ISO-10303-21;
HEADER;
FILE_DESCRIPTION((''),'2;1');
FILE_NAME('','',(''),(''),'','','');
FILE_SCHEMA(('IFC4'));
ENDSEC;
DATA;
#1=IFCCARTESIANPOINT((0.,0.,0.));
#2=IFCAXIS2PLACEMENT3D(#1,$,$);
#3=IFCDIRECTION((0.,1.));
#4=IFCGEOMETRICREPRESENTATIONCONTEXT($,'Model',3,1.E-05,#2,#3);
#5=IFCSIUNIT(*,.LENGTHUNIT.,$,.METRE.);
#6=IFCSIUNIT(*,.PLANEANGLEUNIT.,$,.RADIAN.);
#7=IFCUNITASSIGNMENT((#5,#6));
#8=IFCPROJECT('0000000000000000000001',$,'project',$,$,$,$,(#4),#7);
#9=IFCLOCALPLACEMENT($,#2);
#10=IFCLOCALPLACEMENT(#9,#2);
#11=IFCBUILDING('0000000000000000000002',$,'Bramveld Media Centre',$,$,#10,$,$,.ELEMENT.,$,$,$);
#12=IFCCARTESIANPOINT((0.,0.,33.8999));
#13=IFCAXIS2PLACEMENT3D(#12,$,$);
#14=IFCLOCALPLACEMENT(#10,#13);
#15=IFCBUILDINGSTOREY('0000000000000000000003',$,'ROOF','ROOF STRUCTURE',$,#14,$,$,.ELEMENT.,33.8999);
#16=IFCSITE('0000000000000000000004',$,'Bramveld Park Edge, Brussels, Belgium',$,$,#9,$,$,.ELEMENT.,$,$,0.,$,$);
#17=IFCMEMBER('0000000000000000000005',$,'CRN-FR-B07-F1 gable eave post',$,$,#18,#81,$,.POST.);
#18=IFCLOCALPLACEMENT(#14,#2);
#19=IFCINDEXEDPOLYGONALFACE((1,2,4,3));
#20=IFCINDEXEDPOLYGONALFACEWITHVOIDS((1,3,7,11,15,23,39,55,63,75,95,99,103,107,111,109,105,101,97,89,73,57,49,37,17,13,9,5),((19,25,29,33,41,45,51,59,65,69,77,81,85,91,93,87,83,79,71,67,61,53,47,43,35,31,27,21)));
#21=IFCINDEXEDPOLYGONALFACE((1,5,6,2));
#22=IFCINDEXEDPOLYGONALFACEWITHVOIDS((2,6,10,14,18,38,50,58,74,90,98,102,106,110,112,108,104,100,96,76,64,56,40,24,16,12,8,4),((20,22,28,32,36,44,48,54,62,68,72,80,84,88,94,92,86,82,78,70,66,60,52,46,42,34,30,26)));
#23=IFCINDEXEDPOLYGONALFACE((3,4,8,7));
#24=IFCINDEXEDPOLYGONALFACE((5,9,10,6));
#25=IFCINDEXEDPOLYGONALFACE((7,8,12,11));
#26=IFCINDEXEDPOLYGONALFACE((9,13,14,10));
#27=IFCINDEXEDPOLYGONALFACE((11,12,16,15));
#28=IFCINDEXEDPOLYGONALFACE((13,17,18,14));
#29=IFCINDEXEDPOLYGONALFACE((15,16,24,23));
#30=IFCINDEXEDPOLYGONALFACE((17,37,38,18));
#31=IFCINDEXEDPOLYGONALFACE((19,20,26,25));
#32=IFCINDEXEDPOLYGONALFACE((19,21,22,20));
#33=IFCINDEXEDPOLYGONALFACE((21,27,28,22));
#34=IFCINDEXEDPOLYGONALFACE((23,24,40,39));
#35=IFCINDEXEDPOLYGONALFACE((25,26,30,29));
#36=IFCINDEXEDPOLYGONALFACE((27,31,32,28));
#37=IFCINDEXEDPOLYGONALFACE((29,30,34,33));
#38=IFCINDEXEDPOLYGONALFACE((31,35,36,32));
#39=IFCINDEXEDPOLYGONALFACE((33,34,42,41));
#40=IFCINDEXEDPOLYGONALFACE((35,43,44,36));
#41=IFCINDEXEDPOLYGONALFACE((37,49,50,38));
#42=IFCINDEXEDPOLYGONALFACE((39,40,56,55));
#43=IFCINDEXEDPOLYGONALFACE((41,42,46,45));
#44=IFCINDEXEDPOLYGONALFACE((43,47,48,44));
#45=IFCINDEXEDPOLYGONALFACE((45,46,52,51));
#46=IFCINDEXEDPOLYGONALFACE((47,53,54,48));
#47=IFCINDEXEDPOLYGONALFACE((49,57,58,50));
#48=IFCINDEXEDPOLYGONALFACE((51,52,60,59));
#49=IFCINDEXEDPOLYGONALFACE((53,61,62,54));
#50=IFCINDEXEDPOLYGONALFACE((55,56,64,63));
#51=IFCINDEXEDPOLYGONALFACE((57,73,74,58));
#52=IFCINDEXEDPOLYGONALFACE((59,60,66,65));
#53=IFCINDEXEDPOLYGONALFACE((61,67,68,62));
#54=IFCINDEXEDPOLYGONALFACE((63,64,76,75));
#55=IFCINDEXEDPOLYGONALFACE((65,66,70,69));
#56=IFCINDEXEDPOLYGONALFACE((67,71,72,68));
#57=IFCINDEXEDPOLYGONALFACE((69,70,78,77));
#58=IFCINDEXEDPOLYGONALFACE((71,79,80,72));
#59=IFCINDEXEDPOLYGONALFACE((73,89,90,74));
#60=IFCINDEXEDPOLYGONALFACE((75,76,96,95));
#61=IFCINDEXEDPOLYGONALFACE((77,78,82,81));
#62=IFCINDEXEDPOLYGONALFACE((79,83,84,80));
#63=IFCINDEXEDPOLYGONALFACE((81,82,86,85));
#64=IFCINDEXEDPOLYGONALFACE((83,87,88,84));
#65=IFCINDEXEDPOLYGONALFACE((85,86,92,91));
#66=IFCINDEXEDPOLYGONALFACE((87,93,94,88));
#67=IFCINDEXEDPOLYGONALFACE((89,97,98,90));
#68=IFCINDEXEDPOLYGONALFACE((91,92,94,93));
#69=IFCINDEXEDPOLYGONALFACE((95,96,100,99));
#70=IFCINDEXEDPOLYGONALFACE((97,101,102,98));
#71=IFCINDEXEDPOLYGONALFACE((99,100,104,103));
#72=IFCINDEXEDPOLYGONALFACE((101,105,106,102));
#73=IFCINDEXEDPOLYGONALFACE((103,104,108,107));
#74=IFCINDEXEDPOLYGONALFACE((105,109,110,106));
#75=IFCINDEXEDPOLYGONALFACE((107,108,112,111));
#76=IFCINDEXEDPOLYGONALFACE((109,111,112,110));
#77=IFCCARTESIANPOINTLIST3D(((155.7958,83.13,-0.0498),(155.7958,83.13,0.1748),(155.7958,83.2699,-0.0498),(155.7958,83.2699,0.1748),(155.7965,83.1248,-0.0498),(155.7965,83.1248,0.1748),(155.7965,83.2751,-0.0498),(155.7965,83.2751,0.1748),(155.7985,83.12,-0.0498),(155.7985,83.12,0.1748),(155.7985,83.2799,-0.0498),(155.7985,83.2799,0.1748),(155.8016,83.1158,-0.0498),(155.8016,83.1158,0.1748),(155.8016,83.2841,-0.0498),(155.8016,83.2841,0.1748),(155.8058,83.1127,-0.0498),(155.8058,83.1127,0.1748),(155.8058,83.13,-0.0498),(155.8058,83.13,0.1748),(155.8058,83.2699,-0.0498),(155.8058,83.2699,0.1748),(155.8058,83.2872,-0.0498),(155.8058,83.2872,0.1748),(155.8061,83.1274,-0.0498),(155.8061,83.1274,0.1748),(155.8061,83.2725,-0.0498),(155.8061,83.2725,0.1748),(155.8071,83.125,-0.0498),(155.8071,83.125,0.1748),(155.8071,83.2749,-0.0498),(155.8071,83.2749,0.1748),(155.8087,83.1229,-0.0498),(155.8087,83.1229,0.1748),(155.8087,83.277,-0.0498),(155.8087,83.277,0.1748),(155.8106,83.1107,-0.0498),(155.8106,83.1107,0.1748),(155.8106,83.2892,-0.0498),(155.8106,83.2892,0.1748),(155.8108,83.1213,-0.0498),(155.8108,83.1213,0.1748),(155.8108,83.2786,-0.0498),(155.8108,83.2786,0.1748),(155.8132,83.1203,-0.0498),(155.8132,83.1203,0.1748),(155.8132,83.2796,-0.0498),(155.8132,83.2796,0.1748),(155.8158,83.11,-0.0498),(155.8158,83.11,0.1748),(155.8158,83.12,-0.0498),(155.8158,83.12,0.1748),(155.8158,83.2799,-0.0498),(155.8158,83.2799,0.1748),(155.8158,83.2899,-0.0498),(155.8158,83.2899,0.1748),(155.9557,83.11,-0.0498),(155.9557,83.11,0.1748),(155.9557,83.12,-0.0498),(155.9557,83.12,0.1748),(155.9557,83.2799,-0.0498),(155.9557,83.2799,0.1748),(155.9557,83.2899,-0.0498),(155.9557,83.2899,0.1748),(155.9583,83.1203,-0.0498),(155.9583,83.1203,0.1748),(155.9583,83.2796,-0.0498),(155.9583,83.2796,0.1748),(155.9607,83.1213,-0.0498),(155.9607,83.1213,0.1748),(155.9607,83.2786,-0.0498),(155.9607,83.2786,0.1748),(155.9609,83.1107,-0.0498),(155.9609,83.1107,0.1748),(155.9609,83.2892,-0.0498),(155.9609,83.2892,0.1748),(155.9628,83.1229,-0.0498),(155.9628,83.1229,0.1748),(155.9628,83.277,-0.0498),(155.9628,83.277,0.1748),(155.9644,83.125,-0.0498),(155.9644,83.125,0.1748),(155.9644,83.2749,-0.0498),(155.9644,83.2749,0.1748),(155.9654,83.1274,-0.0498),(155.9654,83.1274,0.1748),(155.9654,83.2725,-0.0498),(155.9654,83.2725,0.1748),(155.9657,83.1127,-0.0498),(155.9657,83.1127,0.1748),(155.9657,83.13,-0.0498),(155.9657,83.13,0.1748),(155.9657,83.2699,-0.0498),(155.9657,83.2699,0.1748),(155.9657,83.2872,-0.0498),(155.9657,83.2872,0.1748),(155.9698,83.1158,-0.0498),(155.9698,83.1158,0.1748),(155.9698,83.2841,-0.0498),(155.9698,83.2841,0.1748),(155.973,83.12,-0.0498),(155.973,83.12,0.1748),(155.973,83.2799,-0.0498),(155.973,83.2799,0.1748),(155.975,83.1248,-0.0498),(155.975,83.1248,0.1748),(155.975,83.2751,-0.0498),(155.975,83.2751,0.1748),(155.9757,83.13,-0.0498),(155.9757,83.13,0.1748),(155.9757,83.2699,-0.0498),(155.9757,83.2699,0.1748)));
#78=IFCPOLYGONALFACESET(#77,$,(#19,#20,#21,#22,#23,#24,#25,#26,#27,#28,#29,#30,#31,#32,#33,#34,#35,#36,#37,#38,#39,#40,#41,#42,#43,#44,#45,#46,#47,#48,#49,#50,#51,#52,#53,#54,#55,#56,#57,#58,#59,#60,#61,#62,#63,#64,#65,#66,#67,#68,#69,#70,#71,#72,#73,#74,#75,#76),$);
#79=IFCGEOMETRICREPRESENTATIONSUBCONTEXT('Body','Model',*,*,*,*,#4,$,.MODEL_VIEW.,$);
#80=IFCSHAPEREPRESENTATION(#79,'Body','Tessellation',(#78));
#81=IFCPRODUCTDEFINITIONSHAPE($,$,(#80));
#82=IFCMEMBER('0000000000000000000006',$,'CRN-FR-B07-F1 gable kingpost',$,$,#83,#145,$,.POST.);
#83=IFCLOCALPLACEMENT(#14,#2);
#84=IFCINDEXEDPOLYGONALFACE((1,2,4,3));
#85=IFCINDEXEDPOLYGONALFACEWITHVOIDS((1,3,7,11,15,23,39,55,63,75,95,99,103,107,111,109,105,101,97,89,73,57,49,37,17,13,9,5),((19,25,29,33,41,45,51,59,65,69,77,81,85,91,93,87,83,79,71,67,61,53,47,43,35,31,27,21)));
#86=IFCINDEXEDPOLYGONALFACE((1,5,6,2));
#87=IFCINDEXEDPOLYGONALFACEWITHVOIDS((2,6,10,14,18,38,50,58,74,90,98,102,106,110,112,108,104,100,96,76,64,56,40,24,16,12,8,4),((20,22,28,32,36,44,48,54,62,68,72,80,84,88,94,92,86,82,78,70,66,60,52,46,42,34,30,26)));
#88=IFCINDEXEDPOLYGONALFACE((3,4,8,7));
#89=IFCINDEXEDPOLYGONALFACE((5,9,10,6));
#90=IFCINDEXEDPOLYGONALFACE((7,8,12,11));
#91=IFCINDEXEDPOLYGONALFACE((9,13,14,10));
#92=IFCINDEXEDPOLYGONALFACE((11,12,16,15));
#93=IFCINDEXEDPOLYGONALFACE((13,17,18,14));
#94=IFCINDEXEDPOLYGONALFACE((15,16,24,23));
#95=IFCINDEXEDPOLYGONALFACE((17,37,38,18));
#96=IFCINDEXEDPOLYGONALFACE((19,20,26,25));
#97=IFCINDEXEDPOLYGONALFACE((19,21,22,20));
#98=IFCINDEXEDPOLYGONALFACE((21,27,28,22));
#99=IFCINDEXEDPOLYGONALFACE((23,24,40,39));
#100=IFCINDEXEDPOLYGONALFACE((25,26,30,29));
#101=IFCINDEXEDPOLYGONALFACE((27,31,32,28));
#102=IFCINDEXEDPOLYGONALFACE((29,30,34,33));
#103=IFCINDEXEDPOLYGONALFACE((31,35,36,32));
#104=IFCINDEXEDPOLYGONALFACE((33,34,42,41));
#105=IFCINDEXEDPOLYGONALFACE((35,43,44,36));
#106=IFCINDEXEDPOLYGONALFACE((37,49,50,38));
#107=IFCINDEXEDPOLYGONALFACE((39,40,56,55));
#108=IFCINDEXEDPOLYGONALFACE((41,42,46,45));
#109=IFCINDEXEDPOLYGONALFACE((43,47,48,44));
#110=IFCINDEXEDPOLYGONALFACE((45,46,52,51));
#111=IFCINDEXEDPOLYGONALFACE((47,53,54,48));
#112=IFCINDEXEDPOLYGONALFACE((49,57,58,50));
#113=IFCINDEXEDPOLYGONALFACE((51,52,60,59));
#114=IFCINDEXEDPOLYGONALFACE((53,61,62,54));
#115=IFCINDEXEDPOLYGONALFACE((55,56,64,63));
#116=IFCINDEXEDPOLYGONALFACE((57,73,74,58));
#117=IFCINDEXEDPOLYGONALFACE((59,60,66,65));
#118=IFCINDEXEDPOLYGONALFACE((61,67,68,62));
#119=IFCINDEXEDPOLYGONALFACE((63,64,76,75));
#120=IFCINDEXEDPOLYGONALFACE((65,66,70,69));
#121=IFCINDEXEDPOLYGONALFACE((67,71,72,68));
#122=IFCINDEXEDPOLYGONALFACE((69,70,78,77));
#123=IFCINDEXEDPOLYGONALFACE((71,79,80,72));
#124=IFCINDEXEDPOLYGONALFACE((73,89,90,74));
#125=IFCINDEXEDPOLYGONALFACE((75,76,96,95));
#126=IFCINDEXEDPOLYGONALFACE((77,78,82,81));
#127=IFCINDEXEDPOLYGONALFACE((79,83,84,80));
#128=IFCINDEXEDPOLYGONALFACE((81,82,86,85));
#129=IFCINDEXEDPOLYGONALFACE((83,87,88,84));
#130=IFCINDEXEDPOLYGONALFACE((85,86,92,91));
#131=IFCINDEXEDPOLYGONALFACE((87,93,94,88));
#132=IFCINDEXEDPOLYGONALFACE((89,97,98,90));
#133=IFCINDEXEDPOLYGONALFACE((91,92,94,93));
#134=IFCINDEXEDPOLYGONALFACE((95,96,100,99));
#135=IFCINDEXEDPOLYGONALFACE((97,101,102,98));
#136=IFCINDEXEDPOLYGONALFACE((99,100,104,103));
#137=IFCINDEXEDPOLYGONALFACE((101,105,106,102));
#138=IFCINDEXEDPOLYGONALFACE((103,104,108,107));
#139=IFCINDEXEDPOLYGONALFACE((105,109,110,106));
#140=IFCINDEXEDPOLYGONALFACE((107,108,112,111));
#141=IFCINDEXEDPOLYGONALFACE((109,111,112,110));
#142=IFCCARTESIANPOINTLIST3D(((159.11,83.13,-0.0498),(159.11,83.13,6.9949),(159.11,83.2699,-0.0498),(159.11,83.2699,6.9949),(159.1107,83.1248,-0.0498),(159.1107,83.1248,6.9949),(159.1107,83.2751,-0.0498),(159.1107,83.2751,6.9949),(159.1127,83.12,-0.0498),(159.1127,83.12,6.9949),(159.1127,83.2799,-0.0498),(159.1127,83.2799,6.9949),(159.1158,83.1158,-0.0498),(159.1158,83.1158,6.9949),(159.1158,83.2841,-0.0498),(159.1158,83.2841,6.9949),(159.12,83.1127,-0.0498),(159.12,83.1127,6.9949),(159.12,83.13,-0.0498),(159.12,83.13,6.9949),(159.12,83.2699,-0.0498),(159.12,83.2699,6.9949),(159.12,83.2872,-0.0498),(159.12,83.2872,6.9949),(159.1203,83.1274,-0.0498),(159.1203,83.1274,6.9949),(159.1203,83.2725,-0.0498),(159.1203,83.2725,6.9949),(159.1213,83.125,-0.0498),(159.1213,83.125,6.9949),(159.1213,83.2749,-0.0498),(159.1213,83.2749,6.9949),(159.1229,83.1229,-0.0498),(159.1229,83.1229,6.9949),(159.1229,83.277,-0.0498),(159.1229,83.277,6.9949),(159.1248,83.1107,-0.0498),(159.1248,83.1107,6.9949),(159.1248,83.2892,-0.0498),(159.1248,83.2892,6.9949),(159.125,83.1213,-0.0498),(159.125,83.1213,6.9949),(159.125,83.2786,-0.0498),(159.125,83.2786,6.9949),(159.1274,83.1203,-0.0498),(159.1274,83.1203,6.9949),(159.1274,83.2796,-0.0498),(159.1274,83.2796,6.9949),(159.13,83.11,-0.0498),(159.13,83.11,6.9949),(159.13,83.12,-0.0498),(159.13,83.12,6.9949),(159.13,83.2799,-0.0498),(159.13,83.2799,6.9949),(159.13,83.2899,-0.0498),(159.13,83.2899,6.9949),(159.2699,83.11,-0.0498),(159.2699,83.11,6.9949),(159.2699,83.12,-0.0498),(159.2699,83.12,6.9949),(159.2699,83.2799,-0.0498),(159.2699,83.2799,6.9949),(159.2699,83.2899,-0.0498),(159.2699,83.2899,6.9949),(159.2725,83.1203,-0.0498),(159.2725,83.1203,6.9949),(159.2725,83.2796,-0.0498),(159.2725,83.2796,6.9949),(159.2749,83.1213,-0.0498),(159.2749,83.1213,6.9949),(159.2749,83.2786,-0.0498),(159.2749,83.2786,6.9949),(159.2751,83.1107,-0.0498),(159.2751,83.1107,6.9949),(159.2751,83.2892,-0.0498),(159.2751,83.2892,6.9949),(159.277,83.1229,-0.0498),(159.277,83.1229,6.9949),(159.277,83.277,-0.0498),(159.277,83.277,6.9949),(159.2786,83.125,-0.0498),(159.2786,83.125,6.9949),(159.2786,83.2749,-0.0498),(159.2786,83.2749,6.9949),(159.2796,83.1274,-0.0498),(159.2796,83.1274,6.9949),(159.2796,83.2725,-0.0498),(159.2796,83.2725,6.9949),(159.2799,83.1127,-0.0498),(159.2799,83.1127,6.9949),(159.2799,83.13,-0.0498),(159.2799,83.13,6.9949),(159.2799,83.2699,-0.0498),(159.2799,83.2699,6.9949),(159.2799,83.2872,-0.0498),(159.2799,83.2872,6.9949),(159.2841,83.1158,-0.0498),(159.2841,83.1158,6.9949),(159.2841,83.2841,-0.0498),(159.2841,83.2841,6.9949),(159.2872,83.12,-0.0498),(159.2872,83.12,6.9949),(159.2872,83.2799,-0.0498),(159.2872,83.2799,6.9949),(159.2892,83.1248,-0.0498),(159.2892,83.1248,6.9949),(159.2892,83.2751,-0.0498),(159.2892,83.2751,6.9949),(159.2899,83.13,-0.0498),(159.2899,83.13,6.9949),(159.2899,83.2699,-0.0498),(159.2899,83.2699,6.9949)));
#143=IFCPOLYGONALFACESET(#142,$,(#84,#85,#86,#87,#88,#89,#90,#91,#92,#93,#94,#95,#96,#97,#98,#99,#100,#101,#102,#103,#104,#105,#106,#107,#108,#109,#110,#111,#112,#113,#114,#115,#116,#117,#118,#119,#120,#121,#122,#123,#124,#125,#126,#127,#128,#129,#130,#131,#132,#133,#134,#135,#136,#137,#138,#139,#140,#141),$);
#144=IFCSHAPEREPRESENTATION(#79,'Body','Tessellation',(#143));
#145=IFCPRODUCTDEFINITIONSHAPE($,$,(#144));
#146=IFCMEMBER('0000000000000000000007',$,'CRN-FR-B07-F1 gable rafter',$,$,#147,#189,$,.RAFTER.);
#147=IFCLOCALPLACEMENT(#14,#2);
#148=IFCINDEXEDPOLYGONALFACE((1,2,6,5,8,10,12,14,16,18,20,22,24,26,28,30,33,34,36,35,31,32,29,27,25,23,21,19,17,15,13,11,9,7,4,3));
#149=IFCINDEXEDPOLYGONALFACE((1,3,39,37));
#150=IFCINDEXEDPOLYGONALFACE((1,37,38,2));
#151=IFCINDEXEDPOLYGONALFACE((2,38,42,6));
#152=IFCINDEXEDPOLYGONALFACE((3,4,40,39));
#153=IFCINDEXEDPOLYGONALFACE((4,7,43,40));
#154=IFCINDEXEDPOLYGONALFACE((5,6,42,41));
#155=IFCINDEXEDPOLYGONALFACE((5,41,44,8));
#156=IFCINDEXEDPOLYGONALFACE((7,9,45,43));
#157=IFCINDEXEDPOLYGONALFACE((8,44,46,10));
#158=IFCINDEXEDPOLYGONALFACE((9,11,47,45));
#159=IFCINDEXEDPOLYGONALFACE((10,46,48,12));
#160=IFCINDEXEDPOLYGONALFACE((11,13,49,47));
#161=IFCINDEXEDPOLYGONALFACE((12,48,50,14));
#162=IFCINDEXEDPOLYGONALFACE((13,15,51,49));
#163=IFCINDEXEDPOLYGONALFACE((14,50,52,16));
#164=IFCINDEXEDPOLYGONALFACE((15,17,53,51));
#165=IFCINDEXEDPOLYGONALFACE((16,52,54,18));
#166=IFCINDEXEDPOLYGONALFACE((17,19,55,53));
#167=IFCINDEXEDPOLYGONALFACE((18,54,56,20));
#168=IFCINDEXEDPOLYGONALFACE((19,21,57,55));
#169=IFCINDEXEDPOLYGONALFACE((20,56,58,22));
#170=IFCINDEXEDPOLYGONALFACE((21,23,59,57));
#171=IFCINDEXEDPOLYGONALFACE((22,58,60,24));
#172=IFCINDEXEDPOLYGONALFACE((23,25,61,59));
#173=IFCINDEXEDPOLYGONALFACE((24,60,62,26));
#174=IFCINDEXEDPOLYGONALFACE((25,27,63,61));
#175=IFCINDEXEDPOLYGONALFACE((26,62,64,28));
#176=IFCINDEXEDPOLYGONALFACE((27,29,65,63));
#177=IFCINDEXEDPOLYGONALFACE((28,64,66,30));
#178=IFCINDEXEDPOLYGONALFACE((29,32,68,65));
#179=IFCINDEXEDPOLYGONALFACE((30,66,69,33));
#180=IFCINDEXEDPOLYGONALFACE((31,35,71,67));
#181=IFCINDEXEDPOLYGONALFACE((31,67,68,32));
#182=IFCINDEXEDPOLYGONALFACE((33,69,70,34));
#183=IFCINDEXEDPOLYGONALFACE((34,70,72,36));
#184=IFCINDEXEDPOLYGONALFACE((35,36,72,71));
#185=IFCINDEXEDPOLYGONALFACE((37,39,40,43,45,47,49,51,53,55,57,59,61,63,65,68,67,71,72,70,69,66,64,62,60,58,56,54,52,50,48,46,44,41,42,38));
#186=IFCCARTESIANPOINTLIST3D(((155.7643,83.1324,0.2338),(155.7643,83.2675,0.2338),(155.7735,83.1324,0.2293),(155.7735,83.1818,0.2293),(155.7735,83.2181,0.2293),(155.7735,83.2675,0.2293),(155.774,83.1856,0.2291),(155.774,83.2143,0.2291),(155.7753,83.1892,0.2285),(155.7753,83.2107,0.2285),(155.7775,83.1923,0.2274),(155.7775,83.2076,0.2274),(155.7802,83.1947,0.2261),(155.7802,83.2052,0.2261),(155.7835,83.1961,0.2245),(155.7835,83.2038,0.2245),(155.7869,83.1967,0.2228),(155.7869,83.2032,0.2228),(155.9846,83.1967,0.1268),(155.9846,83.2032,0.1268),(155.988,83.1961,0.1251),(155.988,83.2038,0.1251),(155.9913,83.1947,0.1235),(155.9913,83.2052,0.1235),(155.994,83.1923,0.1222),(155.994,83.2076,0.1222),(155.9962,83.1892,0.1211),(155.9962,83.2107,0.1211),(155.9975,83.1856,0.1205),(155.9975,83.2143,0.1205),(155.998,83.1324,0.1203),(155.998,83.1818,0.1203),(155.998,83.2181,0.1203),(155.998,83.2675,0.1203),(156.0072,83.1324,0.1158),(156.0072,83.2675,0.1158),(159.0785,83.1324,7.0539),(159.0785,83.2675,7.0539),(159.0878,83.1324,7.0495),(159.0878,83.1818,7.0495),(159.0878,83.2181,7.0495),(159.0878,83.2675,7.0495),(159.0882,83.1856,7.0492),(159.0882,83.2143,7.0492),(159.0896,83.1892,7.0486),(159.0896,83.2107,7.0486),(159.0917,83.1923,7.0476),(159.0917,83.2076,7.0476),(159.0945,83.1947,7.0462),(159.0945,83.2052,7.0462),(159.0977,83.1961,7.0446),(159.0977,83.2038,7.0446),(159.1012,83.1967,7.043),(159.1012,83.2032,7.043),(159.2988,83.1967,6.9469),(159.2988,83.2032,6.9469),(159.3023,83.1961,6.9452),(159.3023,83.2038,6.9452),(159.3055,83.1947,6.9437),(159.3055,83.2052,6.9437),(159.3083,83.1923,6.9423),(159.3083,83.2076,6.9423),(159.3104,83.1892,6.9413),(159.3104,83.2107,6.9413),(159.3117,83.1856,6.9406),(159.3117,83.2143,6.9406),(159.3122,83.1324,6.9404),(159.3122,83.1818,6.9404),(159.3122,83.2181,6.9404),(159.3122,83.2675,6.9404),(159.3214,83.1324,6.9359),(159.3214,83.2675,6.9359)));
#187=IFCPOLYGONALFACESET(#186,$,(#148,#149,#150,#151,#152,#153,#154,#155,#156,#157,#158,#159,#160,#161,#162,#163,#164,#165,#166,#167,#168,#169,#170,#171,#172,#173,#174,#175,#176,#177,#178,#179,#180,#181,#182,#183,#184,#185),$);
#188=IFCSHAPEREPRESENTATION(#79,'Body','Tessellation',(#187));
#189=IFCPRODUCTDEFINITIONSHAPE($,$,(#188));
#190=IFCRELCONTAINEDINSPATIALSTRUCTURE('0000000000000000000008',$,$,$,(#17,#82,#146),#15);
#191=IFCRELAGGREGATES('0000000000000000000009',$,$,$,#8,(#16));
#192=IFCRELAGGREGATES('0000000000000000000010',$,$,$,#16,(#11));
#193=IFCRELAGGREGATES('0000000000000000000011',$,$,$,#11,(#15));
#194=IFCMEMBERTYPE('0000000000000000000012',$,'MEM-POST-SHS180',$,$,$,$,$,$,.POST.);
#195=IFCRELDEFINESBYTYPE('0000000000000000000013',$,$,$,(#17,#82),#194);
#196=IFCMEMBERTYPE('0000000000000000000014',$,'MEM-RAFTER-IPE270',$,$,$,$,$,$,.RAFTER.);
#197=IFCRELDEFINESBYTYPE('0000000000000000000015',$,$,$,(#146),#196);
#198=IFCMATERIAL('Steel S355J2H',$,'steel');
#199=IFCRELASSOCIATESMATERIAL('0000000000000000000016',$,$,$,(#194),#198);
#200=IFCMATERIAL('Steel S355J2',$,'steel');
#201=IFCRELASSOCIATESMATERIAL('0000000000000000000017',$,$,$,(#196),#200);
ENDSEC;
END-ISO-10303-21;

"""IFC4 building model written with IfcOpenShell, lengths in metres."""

from ifc_helpers import new_model, si_unit, direction, frame, origin, origin_2d, place, context, subcontext, project, spatial, hollow_rectangle, i_section, extrude, material, material_profile, profile_set, type_object, element, save


model = new_model("IFC4")

# Units and contexts
model_context = context("Model", 3, precision=1e-05, world=origin(), true_north=direction((0.0, 1.0)))
body_context = subcontext(model_context, "Body", "Model", "MODEL_VIEW")
ifc_project = project(units=[si_unit("LENGTHUNIT", "METRE"), si_unit("PLANEANGLEUNIT", "RADIAN")], contexts=[model_context])

# Site, building, storey
site_placement = place(None, origin())
site = spatial("IfcSite", under=ifc_project, at=site_placement, Name="Bramveld Park Edge, Brussels, Belgium", CompositionType="ELEMENT", RefElevation=0.0)
building_placement = place(site_placement, origin())
building = spatial("IfcBuilding", under=site, at=building_placement, Name="Bramveld Media Centre", CompositionType="ELEMENT")
storey_placement = place(building_placement, frame((0.0, 0.0, 33.8999)))
storey = spatial("IfcBuildingStorey", under=building, at=storey_placement, Name="ROOF", Description="ROOF STRUCTURE", CompositionType="ELEMENT", Elevation=33.8999)

# Members
ifc_material_1 = material(Name="Steel S355J2H", Category="steel")
ifc_material_profile_1 = material_profile(ifc_material_1, hollow_rectangle(XDim=0.1799, YDim=0.1799, WallThickness=0.01, InnerFilletRadius=0.01, OuterFilletRadius=0.02, at=origin_2d()), Name="SHS 180x180x10")
ifc_profile_set_1 = profile_set([ifc_material_profile_1], Name="Steel S355J2H")
member_type_1 = type_object("IfcMemberType", Name="MEM-POST-SHS180", PredefinedType="POST", material=ifc_profile_set_1)
member_1_placement = place(storey_placement, frame((155.8857, 83.2, -0.0498), z_axis=(0.0, 0.0, 1.0), x_axis=(1.0, 0.0, 0.0)))
element("IfcMember", 1, at=member_1_placement, inside=storey, type_object=member_type_1, Name="CRN-FR-B07-F1 gable eave post", PredefinedType="POST", context=body_context, shape_type="SweptSolid", body=[
    extrude(hollow_rectangle(XDim=0.1799, YDim=0.1799, WallThickness=0.01, InnerFilletRadius=0.01, OuterFilletRadius=0.02, at=origin_2d()), origin(), (0.0, 0.0, 1.0), 0.2246),
])
member_2_placement = place(storey_placement, frame((159.2, 83.2, -0.0498), z_axis=(0.0, 0.0, 1.0), x_axis=(1.0, 0.0, 0.0)))
element("IfcMember", 2, at=member_2_placement, inside=storey, type_object=member_type_1, Name="CRN-FR-B07-F1 gable kingpost", PredefinedType="POST", context=body_context, shape_type="SweptSolid", body=[
    extrude(hollow_rectangle(XDim=0.1799, YDim=0.1799, WallThickness=0.01, InnerFilletRadius=0.01, OuterFilletRadius=0.02, at=origin_2d()), origin(), (0.0, 0.0, 1.0), 7.0447),
])
ifc_material_2 = material(Name="Steel S355J2", Category="steel")
ifc_material_profile_2 = material_profile(ifc_material_2, i_section(OverallWidth=0.135, OverallDepth=0.27, WebThickness=0.0066, FlangeThickness=0.0103, FilletRadius=0.0149, at=origin_2d()), Name="IPE 270")
ifc_profile_set_2 = profile_set([ifc_material_profile_2], Name="Steel S355J2")
member_type_2 = type_object("IfcMemberType", Name="MEM-RAFTER-IPE270", PredefinedType="RAFTER", material=ifc_profile_set_2)
member_3_placement = place(storey_placement, frame((155.8857, 83.2, 0.1748), z_axis=(0.437075, 0.0, 0.899425), x_axis=(0.0, 1.0, 0.0)))
element("IfcMember", 3, at=member_3_placement, inside=storey, type_object=member_type_2, Name="CRN-FR-B07-F1 gable rafter", PredefinedType="RAFTER", context=body_context, shape_type="SweptSolid", body=[
    extrude(i_section(OverallWidth=0.135, OverallDepth=0.27, WebThickness=0.0066, FlangeThickness=0.0103, FilletRadius=0.0149, at=origin_2d()), origin(), (0.0, 0.0, 1.0), 7.5828),
])

save(model, "model.ifc")
